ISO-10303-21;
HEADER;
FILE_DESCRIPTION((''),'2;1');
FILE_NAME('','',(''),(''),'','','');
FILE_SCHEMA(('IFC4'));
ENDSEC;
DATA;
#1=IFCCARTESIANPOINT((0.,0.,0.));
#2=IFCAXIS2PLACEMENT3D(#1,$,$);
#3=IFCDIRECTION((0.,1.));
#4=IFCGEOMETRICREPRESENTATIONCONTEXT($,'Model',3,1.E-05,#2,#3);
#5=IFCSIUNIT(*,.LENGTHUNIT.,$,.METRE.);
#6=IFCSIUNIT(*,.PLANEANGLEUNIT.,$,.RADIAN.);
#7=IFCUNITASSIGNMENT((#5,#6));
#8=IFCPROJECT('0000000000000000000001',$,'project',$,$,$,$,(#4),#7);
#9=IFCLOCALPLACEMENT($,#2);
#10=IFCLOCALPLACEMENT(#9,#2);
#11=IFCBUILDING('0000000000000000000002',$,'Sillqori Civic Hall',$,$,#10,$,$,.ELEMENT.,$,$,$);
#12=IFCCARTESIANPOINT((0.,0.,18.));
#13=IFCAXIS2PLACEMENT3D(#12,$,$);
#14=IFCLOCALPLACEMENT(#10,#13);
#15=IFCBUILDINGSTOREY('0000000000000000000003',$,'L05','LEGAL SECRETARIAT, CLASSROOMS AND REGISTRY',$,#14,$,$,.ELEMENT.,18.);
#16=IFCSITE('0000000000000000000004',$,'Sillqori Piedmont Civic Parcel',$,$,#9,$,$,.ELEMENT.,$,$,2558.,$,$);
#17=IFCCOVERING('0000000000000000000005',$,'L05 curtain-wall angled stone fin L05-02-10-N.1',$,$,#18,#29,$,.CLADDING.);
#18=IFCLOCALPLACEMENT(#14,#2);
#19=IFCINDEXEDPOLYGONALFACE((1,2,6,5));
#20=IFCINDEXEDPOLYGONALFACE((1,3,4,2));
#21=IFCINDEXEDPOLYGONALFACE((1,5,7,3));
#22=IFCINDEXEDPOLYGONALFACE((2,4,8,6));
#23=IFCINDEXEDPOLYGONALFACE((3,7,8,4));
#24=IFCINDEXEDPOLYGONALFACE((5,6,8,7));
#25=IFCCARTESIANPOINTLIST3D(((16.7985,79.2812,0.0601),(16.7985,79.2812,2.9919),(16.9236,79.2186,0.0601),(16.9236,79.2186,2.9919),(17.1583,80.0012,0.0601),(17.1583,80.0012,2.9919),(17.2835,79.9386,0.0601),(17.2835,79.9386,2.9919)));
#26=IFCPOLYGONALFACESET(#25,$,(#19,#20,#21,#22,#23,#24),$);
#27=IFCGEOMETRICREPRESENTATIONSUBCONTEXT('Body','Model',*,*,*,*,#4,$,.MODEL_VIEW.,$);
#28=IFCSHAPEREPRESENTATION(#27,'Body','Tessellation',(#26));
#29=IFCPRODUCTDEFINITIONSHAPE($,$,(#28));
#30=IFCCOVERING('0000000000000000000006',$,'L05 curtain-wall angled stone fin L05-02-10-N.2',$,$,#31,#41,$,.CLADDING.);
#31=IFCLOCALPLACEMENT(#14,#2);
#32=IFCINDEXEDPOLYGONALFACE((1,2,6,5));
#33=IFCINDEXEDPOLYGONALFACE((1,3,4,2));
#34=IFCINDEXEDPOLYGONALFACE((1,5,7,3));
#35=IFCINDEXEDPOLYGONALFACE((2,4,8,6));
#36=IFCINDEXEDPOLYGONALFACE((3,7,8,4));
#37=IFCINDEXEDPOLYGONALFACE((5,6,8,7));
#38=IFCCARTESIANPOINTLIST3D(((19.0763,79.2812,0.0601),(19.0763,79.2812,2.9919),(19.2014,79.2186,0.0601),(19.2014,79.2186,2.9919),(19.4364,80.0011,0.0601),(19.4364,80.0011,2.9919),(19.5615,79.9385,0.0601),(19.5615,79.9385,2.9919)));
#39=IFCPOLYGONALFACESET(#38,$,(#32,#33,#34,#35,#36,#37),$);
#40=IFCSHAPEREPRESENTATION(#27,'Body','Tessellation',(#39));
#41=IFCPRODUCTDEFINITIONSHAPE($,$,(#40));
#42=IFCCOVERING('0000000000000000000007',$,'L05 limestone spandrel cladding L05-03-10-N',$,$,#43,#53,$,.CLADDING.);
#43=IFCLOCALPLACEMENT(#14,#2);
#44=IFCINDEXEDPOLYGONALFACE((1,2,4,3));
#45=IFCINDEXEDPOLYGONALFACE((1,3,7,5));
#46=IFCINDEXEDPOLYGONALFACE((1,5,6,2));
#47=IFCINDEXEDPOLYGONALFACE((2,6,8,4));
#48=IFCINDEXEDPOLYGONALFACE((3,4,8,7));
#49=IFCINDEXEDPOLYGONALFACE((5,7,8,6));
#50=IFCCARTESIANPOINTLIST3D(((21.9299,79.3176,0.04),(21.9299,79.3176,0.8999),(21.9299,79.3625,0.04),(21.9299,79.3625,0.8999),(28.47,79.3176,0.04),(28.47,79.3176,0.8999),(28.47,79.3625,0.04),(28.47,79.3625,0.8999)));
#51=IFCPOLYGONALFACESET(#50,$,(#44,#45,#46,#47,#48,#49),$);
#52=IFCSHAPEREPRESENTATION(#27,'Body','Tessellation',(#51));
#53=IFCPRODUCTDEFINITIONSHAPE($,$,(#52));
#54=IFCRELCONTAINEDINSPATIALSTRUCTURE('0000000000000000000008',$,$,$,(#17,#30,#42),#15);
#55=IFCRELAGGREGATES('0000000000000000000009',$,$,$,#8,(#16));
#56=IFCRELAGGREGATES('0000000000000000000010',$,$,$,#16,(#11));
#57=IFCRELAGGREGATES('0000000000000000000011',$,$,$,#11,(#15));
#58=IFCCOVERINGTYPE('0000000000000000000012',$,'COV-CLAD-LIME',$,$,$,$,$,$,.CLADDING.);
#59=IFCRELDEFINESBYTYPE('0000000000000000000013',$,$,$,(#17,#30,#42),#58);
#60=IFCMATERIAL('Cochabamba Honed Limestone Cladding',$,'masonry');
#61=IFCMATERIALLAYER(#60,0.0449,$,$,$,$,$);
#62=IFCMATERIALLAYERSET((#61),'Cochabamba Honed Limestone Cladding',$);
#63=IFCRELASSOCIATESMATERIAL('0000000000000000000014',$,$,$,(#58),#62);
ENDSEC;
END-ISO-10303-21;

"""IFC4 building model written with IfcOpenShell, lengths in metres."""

from ifc_helpers import new_model, si_unit, direction, frame, frame_2d, origin, place, context, subcontext, project, spatial, rectangle, extrude, material, layer, layer_set, type_object, element, save


model = new_model("IFC4")

# Units and contexts
model_context = context("Model", 3, precision=1e-05, world=origin(), true_north=direction((0.0, 1.0)))
body_context = subcontext(model_context, "Body", "Model", "MODEL_VIEW")
ifc_project = project(units=[si_unit("LENGTHUNIT", "METRE"), si_unit("PLANEANGLEUNIT", "RADIAN")], contexts=[model_context])

# Site, building, storey
site_placement = place(None, origin())
site = spatial("IfcSite", under=ifc_project, at=site_placement, Name="Sillqori Piedmont Civic Parcel", CompositionType="ELEMENT", RefElevation=2558.0)
building_placement = place(site_placement, origin())
building = spatial("IfcBuilding", under=site, at=building_placement, Name="Sillqori Civic Hall", CompositionType="ELEMENT")
storey_placement = place(building_placement, frame((0.0, 0.0, 18.0)))
storey = spatial("IfcBuildingStorey", under=building, at=storey_placement, Name="L05", Description="LEGAL SECRETARIAT, CLASSROOMS AND REGISTRY", CompositionType="ELEMENT", Elevation=18.0)

# Coverings
ifc_material_1 = material(Name="Cochabamba Honed Limestone Cladding", Category="masonry")
ifc_layer_1 = layer(ifc_material_1, 0.0449)
ifc_layer_set_1 = layer_set([ifc_layer_1], Name="Cochabamba Honed Limestone Cladding")
covering_type = type_object("IfcCoveringType", Name="COV-CLAD-LIME", PredefinedType="CLADDING", material=ifc_layer_set_1)
for number, where, z_axis, x_axis, name in (
    (1, (16.8611, 79.25, 0.0601), (0.0, 0.0, 1.0), (0.447092, 0.894488, 0.0), "L05 curtain-wall angled stone fin L05-02-10-N.1"),
    (2, (19.1389, 79.25, 0.0601), (0.0, 0.0, 1.0), (0.447335, 0.894367, 0.0), "L05 curtain-wall angled stone fin L05-02-10-N.2"),
):
    element("IfcCovering", number, at=place(storey_placement, frame(where, z_axis=z_axis, x_axis=x_axis)), inside=storey, type_object=covering_type, Name=name, PredefinedType="CLADDING", context=body_context, shape_type="SweptSolid", body=[
        extrude(rectangle(XDim=0.8049, YDim=0.1399, at=frame_2d((0.4023, 0.0))), origin(), (0.0, 0.0, 1.0), 2.9319),
    ])
covering_1_placement = place(storey_placement, frame((21.9299, 79.3401, 0.04), z_axis=(0.0, 0.0, 1.0), x_axis=(1.0, 0.0, 0.0)))
element("IfcCovering", 3, at=covering_1_placement, inside=storey, type_object=covering_type, Name="L05 limestone spandrel cladding L05-03-10-N", PredefinedType="CLADDING", context=body_context, shape_type="SweptSolid", body=[
    extrude(rectangle(XDim=6.54, YDim=0.0449, at=frame_2d((3.27, 0.0))), origin(), (0.0, 0.0, 1.0), 0.8599),
])

save(model, "model.ifc")
